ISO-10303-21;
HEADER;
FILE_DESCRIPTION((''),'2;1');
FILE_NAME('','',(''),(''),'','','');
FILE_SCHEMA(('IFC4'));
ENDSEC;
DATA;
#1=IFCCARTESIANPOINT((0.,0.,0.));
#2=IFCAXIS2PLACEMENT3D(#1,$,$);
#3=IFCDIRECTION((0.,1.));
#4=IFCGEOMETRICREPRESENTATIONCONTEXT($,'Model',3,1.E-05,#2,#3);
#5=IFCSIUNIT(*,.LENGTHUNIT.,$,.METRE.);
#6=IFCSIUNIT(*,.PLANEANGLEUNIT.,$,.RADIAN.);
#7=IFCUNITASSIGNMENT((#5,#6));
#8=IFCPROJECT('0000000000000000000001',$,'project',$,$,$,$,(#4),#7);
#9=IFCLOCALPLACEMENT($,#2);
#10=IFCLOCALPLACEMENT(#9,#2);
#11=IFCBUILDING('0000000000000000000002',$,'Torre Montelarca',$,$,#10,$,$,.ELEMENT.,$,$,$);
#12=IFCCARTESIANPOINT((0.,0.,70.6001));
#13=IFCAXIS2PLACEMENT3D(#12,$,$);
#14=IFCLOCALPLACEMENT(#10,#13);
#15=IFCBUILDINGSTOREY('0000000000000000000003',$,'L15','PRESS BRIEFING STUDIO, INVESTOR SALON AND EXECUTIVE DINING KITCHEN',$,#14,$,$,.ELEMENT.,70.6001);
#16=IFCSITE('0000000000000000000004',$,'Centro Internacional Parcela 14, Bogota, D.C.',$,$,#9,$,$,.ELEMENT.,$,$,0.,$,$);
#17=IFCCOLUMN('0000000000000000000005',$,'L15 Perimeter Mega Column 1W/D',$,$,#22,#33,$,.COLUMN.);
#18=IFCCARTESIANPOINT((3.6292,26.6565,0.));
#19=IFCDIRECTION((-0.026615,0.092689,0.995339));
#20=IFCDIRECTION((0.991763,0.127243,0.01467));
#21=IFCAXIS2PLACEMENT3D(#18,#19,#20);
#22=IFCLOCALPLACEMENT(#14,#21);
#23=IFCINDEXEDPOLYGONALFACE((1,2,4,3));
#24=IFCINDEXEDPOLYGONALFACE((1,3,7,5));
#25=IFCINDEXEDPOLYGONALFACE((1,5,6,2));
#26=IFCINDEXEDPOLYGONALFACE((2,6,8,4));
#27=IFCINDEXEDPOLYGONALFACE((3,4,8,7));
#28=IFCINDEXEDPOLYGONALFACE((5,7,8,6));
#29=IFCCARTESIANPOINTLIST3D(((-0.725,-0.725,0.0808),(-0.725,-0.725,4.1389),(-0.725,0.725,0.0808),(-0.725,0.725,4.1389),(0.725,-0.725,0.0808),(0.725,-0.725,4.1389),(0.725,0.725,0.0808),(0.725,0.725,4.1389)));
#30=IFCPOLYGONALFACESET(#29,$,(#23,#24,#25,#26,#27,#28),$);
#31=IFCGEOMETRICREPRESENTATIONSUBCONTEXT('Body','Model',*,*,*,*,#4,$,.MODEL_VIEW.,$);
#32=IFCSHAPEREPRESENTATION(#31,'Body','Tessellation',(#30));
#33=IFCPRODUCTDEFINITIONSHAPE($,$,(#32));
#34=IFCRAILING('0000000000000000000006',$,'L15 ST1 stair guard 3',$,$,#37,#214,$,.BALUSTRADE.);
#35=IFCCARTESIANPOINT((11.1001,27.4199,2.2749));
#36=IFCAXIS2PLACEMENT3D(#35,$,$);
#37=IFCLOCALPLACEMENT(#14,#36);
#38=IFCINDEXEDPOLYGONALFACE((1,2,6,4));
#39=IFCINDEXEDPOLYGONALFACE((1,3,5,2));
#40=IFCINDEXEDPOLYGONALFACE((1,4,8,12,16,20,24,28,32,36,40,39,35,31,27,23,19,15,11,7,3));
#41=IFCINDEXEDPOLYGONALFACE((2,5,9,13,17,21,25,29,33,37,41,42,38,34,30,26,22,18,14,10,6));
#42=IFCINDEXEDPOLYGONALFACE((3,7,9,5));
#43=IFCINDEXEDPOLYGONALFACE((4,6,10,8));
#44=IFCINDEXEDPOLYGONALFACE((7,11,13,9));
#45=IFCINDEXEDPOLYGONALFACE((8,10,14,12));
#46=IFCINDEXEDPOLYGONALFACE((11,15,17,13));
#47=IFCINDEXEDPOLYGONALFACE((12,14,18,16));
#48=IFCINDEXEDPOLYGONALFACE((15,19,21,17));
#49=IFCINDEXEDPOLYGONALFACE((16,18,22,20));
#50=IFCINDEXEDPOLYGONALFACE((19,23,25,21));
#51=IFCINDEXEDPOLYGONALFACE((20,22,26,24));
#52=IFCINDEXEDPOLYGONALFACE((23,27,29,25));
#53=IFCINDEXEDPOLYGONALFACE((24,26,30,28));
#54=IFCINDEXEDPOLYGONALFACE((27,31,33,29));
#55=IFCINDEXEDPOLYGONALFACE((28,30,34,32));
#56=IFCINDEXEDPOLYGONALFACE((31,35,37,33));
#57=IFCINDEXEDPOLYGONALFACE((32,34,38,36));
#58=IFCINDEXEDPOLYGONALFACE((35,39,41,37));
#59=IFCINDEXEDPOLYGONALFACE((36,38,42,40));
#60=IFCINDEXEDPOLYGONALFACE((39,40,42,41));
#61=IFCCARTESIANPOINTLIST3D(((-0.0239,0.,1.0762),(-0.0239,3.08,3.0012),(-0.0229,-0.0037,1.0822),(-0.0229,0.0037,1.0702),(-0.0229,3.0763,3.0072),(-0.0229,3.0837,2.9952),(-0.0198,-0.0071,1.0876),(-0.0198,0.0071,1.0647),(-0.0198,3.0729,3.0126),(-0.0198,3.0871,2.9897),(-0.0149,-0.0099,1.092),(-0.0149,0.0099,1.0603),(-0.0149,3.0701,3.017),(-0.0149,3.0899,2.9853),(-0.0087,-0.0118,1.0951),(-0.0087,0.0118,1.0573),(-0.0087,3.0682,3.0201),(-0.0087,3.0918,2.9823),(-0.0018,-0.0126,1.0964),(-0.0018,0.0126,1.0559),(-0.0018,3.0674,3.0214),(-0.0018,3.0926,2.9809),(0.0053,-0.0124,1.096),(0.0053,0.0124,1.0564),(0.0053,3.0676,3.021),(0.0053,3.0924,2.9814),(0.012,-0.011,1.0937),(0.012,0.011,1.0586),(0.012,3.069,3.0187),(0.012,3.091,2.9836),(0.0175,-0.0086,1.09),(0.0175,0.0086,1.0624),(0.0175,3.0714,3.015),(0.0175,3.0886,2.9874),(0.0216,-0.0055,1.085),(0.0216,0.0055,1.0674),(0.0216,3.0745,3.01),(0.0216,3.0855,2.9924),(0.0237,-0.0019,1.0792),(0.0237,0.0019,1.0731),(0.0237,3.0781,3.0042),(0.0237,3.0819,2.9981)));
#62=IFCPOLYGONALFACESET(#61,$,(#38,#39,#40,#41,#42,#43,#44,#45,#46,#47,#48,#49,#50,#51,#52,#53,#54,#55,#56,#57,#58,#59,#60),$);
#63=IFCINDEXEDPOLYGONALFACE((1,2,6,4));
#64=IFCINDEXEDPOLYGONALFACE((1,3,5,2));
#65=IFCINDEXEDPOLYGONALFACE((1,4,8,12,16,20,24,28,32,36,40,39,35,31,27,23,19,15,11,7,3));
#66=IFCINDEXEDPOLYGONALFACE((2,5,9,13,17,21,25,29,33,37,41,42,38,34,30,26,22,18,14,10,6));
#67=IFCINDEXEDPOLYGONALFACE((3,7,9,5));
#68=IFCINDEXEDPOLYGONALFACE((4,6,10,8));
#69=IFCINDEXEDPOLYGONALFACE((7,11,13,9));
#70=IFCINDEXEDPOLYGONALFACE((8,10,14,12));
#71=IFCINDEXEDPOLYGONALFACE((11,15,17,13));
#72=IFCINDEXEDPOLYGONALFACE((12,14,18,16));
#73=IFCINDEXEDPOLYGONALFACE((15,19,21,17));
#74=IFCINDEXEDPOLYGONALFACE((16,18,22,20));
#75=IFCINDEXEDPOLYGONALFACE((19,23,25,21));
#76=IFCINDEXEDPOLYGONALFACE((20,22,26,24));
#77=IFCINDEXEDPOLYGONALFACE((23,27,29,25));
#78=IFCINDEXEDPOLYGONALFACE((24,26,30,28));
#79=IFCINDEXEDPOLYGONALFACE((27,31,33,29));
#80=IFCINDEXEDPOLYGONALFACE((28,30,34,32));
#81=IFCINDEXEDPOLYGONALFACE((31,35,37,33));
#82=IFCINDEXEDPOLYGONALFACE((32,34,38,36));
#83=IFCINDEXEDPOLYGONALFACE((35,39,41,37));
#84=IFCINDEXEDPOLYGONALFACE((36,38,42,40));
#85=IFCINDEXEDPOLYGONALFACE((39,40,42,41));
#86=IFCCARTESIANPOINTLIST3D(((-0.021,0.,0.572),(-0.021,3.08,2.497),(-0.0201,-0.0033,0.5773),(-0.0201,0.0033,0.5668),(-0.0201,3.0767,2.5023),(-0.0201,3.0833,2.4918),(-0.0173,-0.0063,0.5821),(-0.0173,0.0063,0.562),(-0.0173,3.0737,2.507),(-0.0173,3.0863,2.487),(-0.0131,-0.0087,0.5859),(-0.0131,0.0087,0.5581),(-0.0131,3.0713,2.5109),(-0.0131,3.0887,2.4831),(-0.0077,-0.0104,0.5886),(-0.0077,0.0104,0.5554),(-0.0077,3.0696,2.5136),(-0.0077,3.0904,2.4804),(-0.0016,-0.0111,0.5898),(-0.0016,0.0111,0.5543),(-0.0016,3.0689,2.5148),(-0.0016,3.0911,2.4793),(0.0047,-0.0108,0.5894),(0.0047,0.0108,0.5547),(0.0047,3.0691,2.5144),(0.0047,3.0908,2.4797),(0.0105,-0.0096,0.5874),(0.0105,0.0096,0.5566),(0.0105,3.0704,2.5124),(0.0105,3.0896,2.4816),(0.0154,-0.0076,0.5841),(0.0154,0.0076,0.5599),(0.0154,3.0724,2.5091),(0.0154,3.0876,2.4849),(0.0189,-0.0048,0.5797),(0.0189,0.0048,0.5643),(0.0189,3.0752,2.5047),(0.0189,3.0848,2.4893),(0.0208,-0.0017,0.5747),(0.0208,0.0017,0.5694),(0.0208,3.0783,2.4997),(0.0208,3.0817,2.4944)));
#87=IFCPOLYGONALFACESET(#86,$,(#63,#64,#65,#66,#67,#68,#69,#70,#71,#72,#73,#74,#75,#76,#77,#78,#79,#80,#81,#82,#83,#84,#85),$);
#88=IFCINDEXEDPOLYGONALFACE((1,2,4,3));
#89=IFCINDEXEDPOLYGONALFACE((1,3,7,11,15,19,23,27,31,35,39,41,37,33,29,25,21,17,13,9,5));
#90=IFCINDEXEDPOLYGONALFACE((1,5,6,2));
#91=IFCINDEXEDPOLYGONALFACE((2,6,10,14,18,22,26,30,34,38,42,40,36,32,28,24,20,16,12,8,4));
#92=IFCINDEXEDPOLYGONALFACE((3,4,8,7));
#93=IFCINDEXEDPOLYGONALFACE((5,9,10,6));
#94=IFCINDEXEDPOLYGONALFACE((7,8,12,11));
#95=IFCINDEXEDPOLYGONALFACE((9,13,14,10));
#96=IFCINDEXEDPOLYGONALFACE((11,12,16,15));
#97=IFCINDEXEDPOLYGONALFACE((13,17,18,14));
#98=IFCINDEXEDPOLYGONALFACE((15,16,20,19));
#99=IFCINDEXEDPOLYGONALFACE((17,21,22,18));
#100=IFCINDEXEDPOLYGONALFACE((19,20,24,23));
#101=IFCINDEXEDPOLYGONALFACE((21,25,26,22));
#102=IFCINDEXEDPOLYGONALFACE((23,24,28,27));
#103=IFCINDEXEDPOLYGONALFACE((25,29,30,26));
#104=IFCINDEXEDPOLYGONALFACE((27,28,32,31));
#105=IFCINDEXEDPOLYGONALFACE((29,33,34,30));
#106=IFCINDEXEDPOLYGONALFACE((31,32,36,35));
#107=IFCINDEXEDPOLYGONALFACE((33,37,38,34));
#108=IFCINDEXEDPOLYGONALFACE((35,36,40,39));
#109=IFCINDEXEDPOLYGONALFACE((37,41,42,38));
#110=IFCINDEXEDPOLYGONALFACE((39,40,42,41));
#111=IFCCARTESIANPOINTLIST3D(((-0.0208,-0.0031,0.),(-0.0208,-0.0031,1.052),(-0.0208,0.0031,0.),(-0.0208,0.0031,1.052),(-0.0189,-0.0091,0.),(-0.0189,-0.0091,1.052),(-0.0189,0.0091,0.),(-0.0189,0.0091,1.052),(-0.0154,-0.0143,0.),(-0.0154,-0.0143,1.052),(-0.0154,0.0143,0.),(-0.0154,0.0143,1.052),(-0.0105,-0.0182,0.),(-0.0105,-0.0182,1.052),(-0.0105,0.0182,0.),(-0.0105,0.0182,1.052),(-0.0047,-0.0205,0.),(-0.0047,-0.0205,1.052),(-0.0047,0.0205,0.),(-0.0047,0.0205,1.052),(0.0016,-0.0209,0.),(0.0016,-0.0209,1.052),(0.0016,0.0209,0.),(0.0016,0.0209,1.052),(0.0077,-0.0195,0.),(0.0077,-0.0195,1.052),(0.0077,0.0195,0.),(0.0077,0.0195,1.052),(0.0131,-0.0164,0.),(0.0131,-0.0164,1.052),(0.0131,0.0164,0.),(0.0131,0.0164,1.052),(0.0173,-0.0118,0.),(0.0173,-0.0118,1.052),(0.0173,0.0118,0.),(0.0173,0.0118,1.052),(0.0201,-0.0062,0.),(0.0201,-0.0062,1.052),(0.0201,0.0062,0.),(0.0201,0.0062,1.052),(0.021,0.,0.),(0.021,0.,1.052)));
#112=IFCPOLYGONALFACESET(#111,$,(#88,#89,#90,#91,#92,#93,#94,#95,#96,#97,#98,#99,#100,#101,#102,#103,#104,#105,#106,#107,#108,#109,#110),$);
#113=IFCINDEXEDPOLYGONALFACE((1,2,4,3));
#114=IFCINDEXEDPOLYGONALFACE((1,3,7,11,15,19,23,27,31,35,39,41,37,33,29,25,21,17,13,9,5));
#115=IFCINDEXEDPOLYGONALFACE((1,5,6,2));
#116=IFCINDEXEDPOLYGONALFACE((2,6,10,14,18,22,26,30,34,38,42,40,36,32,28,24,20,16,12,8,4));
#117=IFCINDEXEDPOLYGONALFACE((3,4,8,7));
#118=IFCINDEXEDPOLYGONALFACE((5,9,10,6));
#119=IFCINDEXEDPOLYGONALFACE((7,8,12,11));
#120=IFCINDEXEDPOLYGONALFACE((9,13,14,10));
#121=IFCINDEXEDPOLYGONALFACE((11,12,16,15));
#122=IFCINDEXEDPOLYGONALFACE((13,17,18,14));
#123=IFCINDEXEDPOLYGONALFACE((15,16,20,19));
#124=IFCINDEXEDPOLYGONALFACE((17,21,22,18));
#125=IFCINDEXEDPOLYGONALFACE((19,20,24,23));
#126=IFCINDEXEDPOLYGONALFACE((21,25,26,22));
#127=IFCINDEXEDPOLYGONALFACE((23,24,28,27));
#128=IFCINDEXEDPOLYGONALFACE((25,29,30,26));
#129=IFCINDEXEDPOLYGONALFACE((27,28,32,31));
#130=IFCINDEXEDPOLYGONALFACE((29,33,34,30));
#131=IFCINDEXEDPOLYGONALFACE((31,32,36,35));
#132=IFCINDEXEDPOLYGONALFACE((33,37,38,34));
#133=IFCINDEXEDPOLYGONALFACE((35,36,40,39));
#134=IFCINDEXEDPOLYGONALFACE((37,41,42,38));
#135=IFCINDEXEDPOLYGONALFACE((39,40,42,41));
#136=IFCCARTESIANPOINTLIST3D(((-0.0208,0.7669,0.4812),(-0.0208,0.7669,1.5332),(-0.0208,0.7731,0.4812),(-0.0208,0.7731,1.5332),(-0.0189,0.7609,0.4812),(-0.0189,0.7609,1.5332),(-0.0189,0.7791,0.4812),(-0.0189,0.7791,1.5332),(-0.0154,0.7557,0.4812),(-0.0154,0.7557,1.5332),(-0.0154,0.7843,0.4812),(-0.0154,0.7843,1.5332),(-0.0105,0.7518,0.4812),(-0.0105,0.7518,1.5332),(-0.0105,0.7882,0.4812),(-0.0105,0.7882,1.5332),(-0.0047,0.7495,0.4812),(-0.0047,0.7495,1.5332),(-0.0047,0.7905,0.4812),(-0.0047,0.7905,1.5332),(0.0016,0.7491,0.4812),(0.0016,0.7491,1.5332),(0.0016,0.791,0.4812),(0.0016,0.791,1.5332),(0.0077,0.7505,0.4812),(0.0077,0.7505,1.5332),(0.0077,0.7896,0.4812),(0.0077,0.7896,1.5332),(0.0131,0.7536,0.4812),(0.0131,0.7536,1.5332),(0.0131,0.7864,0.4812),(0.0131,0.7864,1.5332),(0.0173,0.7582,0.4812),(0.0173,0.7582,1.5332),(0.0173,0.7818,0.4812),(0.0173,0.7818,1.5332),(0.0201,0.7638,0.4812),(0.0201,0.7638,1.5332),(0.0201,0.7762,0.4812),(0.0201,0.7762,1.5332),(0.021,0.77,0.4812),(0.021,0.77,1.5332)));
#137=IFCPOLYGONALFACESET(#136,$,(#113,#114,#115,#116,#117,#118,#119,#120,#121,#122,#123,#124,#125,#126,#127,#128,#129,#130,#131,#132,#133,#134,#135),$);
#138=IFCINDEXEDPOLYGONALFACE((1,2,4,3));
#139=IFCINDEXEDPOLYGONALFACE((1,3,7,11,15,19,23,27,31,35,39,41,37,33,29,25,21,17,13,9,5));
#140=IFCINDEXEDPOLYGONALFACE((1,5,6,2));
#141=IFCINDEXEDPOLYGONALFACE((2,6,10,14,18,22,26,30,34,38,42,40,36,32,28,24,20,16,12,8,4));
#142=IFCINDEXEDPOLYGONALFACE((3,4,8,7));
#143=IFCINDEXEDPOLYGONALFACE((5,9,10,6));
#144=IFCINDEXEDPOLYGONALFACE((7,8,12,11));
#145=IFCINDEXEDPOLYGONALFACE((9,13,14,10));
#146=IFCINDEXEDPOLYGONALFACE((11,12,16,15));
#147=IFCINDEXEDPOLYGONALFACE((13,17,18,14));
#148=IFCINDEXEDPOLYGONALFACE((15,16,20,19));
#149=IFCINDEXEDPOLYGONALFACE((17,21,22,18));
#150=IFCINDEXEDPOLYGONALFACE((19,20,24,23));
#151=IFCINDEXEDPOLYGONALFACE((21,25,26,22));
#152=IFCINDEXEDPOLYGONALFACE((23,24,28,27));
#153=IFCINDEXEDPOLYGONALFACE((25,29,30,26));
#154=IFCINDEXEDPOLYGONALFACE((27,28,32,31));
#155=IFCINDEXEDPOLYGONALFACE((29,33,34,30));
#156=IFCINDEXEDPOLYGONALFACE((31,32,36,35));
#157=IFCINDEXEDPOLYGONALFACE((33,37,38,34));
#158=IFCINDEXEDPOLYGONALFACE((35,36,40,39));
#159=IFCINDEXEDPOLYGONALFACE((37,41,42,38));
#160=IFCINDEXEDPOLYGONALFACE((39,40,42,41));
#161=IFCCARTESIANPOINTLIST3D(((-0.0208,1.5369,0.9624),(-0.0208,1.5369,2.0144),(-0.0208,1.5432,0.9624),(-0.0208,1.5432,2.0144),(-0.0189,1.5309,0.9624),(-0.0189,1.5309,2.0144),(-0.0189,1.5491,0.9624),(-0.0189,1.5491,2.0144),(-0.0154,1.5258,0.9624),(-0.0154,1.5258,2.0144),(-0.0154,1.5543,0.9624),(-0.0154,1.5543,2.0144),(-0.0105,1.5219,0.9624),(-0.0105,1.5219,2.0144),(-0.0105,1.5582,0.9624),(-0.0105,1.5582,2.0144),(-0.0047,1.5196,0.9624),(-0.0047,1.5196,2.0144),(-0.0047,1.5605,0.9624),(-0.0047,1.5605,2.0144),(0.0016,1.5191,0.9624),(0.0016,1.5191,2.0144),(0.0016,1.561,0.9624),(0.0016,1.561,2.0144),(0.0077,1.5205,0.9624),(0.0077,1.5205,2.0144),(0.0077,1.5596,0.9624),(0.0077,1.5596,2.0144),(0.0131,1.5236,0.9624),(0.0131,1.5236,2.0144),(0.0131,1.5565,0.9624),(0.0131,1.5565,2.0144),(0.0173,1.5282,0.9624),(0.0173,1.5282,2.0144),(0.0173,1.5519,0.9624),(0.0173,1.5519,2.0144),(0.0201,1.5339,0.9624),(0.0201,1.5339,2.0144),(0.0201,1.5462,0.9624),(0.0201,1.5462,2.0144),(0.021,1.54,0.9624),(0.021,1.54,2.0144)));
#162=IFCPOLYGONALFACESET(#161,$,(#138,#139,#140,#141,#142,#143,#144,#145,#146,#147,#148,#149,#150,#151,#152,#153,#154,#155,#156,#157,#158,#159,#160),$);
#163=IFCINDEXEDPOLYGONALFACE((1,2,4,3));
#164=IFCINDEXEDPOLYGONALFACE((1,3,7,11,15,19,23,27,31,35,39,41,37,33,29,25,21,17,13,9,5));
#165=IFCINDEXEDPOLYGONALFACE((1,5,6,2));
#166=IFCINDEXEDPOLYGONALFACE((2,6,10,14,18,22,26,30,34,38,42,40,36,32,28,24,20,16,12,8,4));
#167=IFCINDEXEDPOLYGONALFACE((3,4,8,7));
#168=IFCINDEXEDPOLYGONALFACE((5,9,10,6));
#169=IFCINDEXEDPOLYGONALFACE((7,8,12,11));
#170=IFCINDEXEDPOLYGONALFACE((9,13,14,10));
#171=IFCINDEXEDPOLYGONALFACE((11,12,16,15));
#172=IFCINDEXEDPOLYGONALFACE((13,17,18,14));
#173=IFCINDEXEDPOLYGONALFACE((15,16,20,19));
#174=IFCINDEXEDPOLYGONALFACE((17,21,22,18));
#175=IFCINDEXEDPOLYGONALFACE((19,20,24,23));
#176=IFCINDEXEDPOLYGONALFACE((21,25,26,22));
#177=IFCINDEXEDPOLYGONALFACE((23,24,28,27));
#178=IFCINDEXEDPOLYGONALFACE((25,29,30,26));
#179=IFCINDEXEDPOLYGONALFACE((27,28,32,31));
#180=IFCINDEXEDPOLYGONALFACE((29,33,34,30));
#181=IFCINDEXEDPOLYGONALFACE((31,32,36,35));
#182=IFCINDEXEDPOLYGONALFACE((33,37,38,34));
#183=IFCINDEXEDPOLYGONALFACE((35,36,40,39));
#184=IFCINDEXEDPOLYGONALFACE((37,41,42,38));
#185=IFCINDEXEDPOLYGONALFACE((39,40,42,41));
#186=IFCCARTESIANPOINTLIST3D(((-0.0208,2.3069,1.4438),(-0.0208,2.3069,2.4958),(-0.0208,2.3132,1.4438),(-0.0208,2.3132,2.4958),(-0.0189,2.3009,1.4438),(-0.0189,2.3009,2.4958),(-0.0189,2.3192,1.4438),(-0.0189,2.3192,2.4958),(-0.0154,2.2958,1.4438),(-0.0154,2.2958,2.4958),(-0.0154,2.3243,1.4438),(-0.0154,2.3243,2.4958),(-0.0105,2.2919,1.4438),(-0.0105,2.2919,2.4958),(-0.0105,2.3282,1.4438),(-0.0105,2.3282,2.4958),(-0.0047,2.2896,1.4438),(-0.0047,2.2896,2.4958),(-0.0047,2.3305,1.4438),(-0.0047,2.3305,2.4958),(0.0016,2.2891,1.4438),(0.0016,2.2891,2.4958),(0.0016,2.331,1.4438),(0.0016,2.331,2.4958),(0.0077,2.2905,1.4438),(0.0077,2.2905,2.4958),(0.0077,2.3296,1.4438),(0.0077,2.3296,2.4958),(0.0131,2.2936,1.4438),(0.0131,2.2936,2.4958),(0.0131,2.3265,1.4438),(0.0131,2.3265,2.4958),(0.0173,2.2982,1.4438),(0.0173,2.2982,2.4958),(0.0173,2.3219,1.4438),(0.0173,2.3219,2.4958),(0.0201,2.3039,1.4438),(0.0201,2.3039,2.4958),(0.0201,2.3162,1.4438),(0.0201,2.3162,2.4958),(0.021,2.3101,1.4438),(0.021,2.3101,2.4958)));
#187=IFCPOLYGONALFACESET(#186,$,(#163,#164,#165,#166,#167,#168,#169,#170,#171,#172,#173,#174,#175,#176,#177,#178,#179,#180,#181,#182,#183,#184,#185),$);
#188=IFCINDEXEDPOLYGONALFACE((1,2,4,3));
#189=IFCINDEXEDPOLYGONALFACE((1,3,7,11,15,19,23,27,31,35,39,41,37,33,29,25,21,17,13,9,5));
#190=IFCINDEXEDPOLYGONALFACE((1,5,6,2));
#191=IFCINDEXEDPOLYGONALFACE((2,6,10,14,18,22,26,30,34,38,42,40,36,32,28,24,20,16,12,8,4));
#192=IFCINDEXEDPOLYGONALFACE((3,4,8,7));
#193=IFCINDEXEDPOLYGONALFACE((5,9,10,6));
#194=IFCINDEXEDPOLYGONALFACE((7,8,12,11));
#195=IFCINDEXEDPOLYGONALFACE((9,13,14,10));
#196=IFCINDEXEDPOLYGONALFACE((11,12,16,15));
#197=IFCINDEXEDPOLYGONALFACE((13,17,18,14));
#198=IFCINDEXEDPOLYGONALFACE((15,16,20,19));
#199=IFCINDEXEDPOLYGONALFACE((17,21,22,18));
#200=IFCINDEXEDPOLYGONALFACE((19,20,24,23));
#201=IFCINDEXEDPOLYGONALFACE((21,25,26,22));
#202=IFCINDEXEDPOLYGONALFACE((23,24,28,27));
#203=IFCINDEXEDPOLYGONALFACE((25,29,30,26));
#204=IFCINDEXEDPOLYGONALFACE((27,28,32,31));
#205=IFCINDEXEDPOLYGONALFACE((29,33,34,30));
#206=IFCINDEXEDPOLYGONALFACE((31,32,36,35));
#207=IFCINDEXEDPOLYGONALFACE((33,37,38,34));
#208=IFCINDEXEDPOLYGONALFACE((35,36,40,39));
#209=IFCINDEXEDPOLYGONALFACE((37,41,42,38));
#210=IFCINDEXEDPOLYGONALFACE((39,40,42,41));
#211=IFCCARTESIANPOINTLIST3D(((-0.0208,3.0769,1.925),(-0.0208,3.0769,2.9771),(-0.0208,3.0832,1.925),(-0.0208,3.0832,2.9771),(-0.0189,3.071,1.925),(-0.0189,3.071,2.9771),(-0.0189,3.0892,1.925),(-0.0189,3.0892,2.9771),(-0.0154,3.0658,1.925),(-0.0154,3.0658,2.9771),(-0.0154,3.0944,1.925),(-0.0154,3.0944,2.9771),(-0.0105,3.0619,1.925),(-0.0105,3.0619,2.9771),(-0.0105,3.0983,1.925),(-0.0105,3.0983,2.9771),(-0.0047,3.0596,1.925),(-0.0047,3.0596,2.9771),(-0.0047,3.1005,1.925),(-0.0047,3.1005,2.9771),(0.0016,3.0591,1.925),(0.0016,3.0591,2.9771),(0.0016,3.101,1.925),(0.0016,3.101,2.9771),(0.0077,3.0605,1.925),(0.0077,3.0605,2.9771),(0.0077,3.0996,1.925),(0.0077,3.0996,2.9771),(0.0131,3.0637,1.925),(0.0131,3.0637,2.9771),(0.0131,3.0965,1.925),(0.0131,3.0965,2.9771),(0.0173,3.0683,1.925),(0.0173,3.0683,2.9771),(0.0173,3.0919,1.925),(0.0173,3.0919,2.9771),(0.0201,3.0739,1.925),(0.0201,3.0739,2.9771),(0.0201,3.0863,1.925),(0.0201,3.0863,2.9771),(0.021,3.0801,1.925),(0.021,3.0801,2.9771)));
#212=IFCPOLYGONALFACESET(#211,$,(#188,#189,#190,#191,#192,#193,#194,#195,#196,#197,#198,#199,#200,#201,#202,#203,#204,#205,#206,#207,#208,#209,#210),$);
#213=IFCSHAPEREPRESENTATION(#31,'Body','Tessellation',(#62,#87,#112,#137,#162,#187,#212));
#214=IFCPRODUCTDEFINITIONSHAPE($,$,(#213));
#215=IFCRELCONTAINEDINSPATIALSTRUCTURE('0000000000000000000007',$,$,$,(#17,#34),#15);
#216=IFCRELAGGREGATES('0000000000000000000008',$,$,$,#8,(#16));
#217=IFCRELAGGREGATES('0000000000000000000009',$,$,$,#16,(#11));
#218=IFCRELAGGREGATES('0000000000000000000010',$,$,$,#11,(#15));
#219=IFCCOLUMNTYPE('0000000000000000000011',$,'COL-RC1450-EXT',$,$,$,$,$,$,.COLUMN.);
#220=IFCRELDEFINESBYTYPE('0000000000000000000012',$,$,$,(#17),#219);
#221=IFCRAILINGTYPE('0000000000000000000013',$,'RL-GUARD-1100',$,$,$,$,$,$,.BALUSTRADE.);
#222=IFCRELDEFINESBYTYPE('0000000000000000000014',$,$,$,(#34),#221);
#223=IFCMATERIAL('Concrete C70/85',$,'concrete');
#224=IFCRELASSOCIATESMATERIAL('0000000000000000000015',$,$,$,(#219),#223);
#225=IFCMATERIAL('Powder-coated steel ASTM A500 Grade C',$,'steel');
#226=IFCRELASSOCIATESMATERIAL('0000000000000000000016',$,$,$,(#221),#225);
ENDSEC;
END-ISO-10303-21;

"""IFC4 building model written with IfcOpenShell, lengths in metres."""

from ifc_helpers import new_model, si_unit, direction, frame, origin, origin_2d, place, context, subcontext, project, spatial, rectangle, circle, extrude, clip, halfspace, material, material_profile, profile_set, type_object, element, save


model = new_model("IFC4")

# Units and contexts
model_context = context("Model", 3, precision=1e-05, world=origin(), true_north=direction((0.0, 1.0)))
body_context = subcontext(model_context, "Body", "Model", "MODEL_VIEW")
ifc_project = project(units=[si_unit("LENGTHUNIT", "METRE"), si_unit("PLANEANGLEUNIT", "RADIAN")], contexts=[model_context])

# Site, building, storey
site_placement = place(None, origin())
site = spatial("IfcSite", under=ifc_project, at=site_placement, Name="Centro Internacional Parcela 14, Bogota, D.C.", CompositionType="ELEMENT", RefElevation=0.0)
building_placement = place(site_placement, origin())
building = spatial("IfcBuilding", under=site, at=building_placement, Name="Torre Montelarca", CompositionType="ELEMENT")
storey_placement = place(building_placement, frame((0.0, 0.0, 70.6001)))
storey = spatial("IfcBuildingStorey", under=building, at=storey_placement, Name="L15", Description="PRESS BRIEFING STUDIO, INVESTOR SALON AND EXECUTIVE DINING KITCHEN", CompositionType="ELEMENT", Elevation=70.6001)

# Column
ifc_material_1 = material(Name="Concrete C70/85", Category="concrete")
ifc_material_profile_1 = material_profile(ifc_material_1, rectangle(XDim=1.45, YDim=1.45, at=origin_2d()), Name="RC1450X1450", Category="concrete")
ifc_profile_set_1 = profile_set([ifc_material_profile_1], Name="Concrete C70/85")
column_type_1 = type_object("IfcColumnType", Name="COL-RC1450-EXT", PredefinedType="COLUMN", material=ifc_profile_set_1)
column_1_placement = place(storey_placement, frame((3.6292, 26.6565, 0.0), z_axis=(-0.026615, 0.092689, 0.995339), x_axis=(0.991763, 0.127243, 0.01467)))
element("IfcColumn", 1, at=column_1_placement, inside=storey, type_object=column_type_1, Name="L15 Perimeter Mega Column 1W/D", PredefinedType="COLUMN", context=body_context, shape_type="Clipping", body=[
    clip(clip(extrude(rectangle(XDim=1.45, YDim=1.45, at=origin_2d()), origin(), (0.0, 0.0, 1.0), 4.2197), halfspace(frame((0.0, 0.0, 0.0808), z_axis=(0.0, 0.0, -1.0), x_axis=(1.0, 0.0, 0.0)), False)), halfspace(frame((0.0, 0.0, 4.1389), z_axis=(0.0, 0.0, 1.0), x_axis=(1.0, 0.0, 0.0)), False)),
])

# Railing
ifc_material_2 = material(Name="Powder-coated steel ASTM A500 Grade C", Category="steel")
railing_type_1 = type_object("IfcRailingType", Name="RL-GUARD-1100", PredefinedType="BALUSTRADE", material=ifc_material_2)
railing_1_placement = place(storey_placement, frame((11.1001, 27.4199, 2.2749)))
element("IfcRailing", 2, at=railing_1_placement, inside=storey, type_object=railing_type_1, Name="L15 ST1 stair guard 3", PredefinedType="BALUSTRADE", context=body_context, shape_type="SweptSolid", body=[
    extrude(circle(Radius=0.0239, at=origin_2d()), frame((0.0, 0.0, 1.0762), z_axis=(0.0, 0.847998, 0.529999), x_axis=(-1.0, 0.0, 0.0)), (0.0, 0.0, 1.0), 3.6321),
    extrude(circle(Radius=0.021, at=origin_2d()), frame((0.0, 0.0, 0.572), z_axis=(0.0, 0.847998, 0.529999), x_axis=(-1.0, 0.0, 0.0)), (0.0, 0.0, 1.0), 3.6321),
    extrude(circle(Radius=0.021, at=origin_2d()), origin(), (0.0, 0.0, 1.0), 1.052),
    extrude(circle(Radius=0.021, at=origin_2d()), frame((0.0, 0.77, 0.4812)), (0.0, 0.0, 1.0), 1.052),
    extrude(circle(Radius=0.021, at=origin_2d()), frame((0.0, 1.54, 0.9624)), (0.0, 0.0, 1.0), 1.052),
    extrude(circle(Radius=0.021, at=origin_2d()), frame((0.0, 2.3101, 1.4438)), (0.0, 0.0, 1.0), 1.052),
    extrude(circle(Radius=0.021, at=origin_2d()), frame((0.0, 3.0801, 1.925)), (0.0, 0.0, 1.0), 1.052),
])

save(model, "model.ifc")
